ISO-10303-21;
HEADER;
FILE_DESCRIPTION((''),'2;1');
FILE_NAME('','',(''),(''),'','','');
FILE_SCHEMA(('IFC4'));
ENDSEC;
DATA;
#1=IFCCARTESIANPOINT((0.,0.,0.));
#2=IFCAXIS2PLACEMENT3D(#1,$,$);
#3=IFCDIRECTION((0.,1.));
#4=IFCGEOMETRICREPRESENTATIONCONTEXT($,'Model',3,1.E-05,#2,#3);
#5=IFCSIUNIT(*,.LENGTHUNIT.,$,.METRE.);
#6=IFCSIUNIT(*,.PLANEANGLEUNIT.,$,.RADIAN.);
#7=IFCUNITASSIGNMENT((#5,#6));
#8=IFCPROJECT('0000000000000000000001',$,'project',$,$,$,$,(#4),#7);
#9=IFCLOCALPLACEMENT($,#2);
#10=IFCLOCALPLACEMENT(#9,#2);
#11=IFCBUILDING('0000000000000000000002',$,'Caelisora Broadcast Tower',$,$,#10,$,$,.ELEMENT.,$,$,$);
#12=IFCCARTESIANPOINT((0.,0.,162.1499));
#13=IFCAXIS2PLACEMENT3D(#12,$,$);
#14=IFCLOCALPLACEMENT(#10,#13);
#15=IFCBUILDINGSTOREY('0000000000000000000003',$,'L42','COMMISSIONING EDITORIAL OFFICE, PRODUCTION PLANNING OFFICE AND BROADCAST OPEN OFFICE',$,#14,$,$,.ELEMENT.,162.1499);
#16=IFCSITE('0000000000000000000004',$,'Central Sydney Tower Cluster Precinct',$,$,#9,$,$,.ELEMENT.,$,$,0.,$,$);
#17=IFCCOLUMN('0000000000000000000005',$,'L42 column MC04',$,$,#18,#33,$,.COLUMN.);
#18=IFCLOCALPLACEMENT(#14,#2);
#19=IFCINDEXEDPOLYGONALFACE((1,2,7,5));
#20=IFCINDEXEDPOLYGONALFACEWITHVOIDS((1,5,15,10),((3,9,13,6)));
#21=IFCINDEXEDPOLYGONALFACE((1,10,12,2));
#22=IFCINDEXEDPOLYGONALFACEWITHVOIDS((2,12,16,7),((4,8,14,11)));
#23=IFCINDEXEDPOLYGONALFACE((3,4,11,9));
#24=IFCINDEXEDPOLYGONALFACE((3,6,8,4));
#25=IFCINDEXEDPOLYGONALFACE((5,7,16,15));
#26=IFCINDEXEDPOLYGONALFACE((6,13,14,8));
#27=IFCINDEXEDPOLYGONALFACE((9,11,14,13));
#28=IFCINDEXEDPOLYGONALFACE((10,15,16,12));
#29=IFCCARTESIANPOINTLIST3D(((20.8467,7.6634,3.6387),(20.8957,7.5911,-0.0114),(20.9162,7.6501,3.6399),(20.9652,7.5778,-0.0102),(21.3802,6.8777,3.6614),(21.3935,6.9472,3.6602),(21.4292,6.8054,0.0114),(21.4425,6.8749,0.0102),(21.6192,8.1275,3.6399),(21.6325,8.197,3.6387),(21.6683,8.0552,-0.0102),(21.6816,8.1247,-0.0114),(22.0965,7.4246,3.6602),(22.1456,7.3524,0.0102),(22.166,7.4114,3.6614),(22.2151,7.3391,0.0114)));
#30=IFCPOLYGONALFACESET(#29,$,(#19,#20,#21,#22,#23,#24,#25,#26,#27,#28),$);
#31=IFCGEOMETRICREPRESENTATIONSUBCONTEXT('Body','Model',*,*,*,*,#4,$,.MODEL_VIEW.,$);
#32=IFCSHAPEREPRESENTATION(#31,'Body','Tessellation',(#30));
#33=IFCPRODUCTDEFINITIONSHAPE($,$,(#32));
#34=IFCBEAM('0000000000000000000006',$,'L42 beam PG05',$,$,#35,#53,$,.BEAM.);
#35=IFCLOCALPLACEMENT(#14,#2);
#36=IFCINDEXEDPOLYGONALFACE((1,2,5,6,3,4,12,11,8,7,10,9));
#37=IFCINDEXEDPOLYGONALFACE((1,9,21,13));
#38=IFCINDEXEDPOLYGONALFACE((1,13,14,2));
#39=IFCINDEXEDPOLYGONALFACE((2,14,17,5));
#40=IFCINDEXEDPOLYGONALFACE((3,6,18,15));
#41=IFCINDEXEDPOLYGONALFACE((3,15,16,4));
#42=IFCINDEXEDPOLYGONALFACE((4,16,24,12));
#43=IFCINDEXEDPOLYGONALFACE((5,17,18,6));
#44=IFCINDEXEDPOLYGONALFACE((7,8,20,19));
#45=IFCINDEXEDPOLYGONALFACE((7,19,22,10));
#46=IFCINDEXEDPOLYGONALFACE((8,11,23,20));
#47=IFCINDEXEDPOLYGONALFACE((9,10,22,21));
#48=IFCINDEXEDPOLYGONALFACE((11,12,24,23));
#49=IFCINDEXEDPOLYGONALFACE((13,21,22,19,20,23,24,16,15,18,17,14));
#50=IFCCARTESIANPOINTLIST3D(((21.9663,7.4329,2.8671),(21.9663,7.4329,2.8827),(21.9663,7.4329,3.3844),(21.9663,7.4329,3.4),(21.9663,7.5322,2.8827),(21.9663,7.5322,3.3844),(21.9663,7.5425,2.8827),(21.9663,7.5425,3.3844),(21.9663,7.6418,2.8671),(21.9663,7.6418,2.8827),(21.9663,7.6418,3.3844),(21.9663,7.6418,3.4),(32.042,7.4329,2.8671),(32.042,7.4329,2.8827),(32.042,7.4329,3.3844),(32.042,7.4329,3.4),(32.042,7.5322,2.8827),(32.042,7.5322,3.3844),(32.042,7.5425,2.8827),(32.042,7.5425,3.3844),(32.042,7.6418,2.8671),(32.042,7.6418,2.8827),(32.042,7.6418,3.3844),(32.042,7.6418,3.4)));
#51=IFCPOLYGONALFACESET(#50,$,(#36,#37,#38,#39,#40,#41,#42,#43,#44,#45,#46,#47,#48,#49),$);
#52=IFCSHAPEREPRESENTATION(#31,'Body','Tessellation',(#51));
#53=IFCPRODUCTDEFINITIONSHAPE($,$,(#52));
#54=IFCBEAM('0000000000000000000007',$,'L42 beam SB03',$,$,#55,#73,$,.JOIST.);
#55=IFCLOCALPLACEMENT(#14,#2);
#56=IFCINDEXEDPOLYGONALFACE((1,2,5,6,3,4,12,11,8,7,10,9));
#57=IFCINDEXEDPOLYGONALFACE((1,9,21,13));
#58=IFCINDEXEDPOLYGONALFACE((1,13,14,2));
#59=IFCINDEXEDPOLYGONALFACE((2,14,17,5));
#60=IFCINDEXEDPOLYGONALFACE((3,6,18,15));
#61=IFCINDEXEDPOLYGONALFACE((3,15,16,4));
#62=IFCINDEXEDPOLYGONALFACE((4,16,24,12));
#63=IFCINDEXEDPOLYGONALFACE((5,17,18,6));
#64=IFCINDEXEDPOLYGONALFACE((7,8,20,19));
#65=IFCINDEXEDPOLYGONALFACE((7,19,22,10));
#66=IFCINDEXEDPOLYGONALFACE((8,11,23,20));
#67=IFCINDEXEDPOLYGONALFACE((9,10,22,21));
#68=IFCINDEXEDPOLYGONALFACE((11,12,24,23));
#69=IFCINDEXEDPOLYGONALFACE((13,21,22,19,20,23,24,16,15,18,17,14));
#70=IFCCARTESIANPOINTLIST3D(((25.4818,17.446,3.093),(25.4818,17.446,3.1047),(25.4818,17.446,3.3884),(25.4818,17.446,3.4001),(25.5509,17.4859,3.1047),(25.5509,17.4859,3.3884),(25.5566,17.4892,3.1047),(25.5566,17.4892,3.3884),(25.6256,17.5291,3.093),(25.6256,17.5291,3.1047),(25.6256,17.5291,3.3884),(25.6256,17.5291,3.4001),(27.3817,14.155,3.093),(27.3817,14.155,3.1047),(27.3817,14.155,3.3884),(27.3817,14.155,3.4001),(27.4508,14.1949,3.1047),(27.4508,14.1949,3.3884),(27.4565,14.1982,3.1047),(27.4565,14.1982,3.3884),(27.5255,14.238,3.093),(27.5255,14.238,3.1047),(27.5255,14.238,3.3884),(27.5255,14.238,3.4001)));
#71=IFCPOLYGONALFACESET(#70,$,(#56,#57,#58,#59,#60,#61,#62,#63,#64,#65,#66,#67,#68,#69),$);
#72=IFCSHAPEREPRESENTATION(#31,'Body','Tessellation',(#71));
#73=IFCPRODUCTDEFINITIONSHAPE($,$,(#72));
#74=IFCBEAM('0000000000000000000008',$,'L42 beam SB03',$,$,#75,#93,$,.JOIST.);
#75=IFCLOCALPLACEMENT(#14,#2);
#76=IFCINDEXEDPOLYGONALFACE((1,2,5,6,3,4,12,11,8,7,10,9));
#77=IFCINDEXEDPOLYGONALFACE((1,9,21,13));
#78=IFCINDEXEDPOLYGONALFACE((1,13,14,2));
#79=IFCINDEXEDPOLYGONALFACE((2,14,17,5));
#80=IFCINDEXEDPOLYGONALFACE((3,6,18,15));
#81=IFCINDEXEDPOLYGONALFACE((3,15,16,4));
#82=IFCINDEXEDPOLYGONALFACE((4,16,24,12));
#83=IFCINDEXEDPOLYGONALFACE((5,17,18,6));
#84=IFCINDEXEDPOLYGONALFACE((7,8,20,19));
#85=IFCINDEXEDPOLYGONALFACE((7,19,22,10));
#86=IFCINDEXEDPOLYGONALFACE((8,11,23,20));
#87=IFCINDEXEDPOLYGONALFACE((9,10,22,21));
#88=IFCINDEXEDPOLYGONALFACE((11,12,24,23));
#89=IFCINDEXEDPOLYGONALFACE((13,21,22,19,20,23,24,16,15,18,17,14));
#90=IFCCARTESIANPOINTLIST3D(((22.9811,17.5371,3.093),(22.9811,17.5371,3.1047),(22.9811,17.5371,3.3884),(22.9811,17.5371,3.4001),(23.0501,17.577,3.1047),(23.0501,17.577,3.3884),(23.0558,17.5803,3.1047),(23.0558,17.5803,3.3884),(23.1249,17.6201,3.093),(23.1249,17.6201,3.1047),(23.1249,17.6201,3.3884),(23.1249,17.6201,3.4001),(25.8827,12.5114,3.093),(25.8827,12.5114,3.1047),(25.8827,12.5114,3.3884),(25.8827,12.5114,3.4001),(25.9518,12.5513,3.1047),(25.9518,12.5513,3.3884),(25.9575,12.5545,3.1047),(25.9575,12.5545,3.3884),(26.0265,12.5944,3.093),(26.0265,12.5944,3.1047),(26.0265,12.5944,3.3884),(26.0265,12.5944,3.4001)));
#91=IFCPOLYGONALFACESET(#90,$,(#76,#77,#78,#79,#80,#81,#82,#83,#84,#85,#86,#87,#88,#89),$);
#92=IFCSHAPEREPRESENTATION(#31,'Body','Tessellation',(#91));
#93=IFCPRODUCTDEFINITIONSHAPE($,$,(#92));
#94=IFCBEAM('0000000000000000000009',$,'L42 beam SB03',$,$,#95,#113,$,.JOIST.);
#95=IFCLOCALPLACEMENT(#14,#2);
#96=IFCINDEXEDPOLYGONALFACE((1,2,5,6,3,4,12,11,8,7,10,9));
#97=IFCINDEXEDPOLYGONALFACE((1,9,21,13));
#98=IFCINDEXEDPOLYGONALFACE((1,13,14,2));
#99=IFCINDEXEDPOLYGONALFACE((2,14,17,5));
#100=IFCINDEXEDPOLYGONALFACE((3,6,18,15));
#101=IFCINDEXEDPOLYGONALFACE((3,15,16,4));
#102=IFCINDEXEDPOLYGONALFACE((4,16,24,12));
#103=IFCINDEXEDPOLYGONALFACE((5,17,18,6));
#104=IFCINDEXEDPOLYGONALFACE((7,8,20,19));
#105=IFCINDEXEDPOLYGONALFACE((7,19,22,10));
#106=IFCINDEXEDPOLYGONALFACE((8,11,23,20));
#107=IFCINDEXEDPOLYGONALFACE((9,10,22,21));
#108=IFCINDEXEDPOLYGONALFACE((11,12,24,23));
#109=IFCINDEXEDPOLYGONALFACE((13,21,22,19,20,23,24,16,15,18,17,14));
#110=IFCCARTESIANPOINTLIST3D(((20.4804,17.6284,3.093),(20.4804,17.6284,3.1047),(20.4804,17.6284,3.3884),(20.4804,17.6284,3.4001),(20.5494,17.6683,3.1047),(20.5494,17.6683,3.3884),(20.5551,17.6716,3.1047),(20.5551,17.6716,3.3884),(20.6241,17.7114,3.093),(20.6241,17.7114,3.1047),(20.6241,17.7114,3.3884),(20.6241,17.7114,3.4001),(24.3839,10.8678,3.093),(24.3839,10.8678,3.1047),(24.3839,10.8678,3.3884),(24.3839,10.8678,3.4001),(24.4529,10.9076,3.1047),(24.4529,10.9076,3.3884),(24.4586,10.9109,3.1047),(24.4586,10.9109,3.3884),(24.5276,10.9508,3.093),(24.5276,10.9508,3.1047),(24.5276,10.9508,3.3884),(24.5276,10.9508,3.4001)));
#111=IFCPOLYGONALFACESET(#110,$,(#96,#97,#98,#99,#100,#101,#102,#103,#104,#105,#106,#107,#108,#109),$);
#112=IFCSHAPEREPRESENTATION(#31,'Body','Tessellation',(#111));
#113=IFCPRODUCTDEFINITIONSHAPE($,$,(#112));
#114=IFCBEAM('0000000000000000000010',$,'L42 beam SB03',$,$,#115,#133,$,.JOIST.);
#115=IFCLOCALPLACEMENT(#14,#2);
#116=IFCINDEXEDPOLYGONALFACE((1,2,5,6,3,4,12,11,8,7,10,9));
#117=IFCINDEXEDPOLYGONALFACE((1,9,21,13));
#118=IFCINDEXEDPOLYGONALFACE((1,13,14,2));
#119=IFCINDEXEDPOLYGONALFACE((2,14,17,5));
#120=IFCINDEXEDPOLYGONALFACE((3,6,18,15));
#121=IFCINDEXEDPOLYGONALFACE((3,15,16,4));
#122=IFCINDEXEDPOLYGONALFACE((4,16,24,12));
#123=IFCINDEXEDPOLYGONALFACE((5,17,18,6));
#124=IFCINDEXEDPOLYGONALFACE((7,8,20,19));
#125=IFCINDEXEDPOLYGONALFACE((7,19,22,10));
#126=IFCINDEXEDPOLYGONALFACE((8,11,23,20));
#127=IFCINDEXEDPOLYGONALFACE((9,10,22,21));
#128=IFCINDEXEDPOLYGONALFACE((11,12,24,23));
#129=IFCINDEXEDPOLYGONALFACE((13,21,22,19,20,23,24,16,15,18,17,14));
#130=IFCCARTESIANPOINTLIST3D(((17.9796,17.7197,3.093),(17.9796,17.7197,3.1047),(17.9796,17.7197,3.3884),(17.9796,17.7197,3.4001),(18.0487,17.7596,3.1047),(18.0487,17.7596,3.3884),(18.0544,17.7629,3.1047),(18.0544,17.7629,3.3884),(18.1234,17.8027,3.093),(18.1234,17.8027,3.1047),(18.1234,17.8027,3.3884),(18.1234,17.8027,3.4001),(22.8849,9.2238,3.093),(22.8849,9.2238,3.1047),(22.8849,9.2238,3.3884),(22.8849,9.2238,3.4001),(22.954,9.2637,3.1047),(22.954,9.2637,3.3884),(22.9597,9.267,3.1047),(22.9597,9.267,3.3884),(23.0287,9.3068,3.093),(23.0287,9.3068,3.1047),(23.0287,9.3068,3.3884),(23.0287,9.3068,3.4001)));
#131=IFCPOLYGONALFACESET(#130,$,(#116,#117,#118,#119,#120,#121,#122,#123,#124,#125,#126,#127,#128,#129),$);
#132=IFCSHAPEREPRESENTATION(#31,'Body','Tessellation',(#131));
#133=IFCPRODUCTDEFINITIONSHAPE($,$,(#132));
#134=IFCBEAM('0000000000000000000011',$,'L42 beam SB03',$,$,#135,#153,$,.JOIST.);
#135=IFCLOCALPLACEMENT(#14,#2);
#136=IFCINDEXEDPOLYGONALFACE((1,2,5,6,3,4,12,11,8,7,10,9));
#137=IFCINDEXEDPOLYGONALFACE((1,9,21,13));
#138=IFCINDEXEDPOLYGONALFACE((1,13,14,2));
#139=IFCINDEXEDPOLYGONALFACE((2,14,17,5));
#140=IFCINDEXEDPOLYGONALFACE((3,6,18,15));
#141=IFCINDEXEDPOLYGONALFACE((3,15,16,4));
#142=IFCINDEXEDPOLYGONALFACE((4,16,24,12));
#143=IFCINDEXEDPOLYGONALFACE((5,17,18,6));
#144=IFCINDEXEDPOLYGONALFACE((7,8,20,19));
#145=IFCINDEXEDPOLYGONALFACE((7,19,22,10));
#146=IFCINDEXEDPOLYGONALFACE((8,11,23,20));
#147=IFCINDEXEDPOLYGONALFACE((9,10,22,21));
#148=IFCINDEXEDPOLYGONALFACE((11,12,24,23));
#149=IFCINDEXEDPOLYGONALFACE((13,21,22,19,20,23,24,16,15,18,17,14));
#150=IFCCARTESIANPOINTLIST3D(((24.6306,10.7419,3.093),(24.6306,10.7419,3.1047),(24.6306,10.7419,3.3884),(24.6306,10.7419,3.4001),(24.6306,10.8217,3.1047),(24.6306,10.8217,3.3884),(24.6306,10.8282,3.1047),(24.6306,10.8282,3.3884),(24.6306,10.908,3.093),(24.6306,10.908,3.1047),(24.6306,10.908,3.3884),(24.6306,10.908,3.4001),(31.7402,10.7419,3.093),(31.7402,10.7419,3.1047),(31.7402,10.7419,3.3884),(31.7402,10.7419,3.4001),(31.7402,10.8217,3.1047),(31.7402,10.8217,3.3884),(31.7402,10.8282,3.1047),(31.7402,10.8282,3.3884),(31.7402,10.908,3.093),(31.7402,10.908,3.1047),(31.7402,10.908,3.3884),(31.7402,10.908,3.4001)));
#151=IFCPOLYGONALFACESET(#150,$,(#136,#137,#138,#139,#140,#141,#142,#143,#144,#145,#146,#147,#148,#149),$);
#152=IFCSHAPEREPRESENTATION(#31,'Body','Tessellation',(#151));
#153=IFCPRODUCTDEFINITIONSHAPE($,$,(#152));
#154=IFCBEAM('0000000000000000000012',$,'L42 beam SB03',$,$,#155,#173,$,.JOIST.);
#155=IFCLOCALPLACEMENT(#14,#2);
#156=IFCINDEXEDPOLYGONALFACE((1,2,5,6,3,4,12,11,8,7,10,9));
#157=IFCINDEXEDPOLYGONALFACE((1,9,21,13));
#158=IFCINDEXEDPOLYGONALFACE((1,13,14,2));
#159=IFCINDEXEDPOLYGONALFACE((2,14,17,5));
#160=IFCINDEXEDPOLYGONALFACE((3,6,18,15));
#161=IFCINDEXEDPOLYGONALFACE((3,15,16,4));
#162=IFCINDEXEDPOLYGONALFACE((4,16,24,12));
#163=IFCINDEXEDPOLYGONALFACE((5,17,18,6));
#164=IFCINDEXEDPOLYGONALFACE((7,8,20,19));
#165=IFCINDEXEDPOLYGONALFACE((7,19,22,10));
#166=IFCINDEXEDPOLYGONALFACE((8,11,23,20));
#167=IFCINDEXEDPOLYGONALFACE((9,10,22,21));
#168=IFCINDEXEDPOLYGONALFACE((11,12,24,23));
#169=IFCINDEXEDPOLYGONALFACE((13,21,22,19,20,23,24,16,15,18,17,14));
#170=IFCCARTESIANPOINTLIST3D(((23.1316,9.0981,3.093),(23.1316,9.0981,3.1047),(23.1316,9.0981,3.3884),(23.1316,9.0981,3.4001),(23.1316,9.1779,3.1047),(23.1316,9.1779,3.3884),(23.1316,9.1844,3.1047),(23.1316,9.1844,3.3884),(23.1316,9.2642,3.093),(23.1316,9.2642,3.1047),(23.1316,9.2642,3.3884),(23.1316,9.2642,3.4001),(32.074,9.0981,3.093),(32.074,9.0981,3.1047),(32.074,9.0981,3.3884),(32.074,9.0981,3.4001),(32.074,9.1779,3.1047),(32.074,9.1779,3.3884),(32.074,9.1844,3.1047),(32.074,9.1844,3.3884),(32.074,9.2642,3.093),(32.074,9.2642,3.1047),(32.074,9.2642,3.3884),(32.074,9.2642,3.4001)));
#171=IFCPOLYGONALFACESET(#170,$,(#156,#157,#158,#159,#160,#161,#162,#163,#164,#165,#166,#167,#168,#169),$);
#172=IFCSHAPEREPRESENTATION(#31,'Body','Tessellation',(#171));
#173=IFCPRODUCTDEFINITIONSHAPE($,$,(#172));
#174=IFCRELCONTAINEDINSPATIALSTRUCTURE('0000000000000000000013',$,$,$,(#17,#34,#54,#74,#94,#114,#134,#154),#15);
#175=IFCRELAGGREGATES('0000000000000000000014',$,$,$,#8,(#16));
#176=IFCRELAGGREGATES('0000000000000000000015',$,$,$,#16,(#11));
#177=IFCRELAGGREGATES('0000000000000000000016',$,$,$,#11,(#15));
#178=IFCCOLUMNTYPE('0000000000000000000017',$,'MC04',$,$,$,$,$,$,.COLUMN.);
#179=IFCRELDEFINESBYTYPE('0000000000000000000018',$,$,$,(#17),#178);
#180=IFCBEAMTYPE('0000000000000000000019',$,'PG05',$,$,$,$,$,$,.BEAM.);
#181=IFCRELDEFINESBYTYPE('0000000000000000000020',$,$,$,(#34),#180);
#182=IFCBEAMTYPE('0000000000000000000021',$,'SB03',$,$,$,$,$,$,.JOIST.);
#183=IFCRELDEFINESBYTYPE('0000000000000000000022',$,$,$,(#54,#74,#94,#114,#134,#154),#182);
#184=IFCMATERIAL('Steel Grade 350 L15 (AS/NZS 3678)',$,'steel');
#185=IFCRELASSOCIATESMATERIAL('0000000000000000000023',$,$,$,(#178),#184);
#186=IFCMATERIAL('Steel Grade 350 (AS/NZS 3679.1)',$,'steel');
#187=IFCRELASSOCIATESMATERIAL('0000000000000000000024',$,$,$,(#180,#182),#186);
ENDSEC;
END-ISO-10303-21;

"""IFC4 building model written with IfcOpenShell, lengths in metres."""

from ifc_helpers import new_model, si_unit, direction, frame, origin, origin_2d, place, context, subcontext, project, spatial, hollow_rectangle, i_section, extrude, source, transform, mapped, material, material_profile, profile_set, type_object, type_shapes, element, save


model = new_model("IFC4")

# Units and contexts
model_context = context("Model", 3, precision=1e-05, world=origin(), true_north=direction((0.0, 1.0)))
body_context = subcontext(model_context, "Body", "Model", "MODEL_VIEW")
ifc_project = project(units=[si_unit("LENGTHUNIT", "METRE"), si_unit("PLANEANGLEUNIT", "RADIAN")], contexts=[model_context])

# Site, building, storey
site_placement = place(None, origin())
site = spatial("IfcSite", under=ifc_project, at=site_placement, Name="Central Sydney Tower Cluster Precinct", CompositionType="ELEMENT", RefElevation=0.0)
building_placement = place(site_placement, origin())
building = spatial("IfcBuilding", under=site, at=building_placement, Name="Caelisora Broadcast Tower", CompositionType="ELEMENT")
storey_placement = place(building_placement, frame((0.0, 0.0, 162.1499)))
storey = spatial("IfcBuildingStorey", under=building, at=storey_placement, Name="L42", Description="COMMISSIONING EDITORIAL OFFICE, PRODUCTION PLANNING OFFICE AND BROADCAST OPEN OFFICE", CompositionType="ELEMENT", Elevation=162.1499)

# Column
ifc_material_1 = material(Name="Steel Grade 350 L15 (AS/NZS 3678)", Category="steel")
ifc_material_profile_1 = material_profile(ifc_material_1, hollow_rectangle(XDim=0.95, YDim=0.95, WallThickness=0.05, at=origin_2d()), Name="Steel Grade 350 L15 (AS/NZS 3678)")
ifc_profile_set_1 = profile_set([ifc_material_profile_1], Name="Steel Grade 350 L15 (AS/NZS 3678)")
column_type = type_object("IfcColumnType", Name="MC04", PredefinedType="COLUMN", material=ifc_profile_set_1)
shared_shape_1 = source(origin(), body_context, "Body", "SweptSolid", [
    extrude(hollow_rectangle(XDim=0.95, YDim=0.95, WallThickness=0.05, at=origin_2d()), origin(), (0.0, 0.0, 1.0), 3.6511),
])
type_shapes(column_type, [shared_shape_1])
column_placement = place(storey_placement, frame((21.5554, 7.4651, 0.0), z_axis=(-0.01344, 0.019792, 0.999714), x_axis=(-0.82729, -0.561775, 0.0)))
element("IfcColumn", 1, at=column_placement, inside=storey, type_object=column_type, Name="L42 column MC04", PredefinedType="COLUMN", context=body_context, shape_type="MappedRepresentation", body=[
    mapped(shared_shape_1, transform((0.0, 0.0, 0.0), scale=1.0)),
])

# Beams
ifc_material_2 = material(Name="Steel Grade 350 (AS/NZS 3679.1)", Category="steel")
ifc_material_profile_2 = material_profile(ifc_material_2, i_section(OverallWidth=0.209, OverallDepth=0.533, WebThickness=0.0103, FlangeThickness=0.0156, at=origin_2d()), Name="Steel Grade 350 (AS/NZS 3679.1)")
ifc_profile_set_2 = profile_set([ifc_material_profile_2], Name="Steel Grade 350 (AS/NZS 3679.1)")
beam_type_1 = type_object("IfcBeamType", Name="PG05", PredefinedType="BEAM", material=ifc_profile_set_2)
shared_shape_2 = source(origin(), body_context, "Body", "SweptSolid", [
    extrude(i_section(OverallWidth=0.209, OverallDepth=0.533, WebThickness=0.0103, FlangeThickness=0.0156, at=origin_2d()), origin(), (0.0, 0.0, 1.0), 10.0757),
])
type_shapes(beam_type_1, [shared_shape_2])
beam_1_placement = place(storey_placement, frame((21.9663, 7.5374, 3.1335), z_axis=(1.0, 0.0, 0.0), x_axis=(0.0, 1.0, 0.0)))
element("IfcBeam", 2, at=beam_1_placement, inside=storey, type_object=beam_type_1, Name="L42 beam PG05", PredefinedType="BEAM", context=body_context, shape_type="MappedRepresentation", body=[
    mapped(shared_shape_2, transform((0.0, 0.0, 0.0), scale=1.0)),
])
ifc_material_profile_3 = material_profile(ifc_material_2, i_section(OverallWidth=0.166, OverallDepth=0.3071, WebThickness=0.0066, FlangeThickness=0.0117, at=origin_2d()), Name="Steel Grade 350 (AS/NZS 3679.1)")
ifc_profile_set_3 = profile_set([ifc_material_profile_3], Name="Steel Grade 350 (AS/NZS 3679.1)")
beam_type_2 = type_object("IfcBeamType", Name="SB03", PredefinedType="JOIST", material=ifc_profile_set_3)
shared_shape_3 = source(origin(), body_context, "Body", "SweptSolid", [
    extrude(i_section(OverallWidth=0.166, OverallDepth=0.3071, WebThickness=0.0066, FlangeThickness=0.0117, at=origin_2d()), origin(), (0.0, 0.0, 1.0), 3.8),
])
beam_2_placement = place(storey_placement, frame((25.5537, 17.4875, 3.2466), z_axis=(0.499967, -0.866044, 0.0), x_axis=(0.866044, 0.499967, 0.0)))
element("IfcBeam", 3, at=beam_2_placement, inside=storey, type_object=beam_type_2, Name="L42 beam SB03", PredefinedType="JOIST", context=body_context, shape_type="MappedRepresentation", body=[
    mapped(shared_shape_3, transform((0.0, 0.0, 0.0), scale=1.0)),
])
shared_shape_4 = source(origin(), body_context, "Body", "SweptSolid", [
    extrude(i_section(OverallWidth=0.166, OverallDepth=0.3071, WebThickness=0.0066, FlangeThickness=0.0117, at=origin_2d()), origin(), (0.0, 0.0, 1.0), 5.8032),
])
beam_3_placement = place(storey_placement, frame((23.053, 17.5786, 3.2466), z_axis=(0.500008, -0.866021, 0.0), x_axis=(0.866021, 0.500008, 0.0)))
element("IfcBeam", 4, at=beam_3_placement, inside=storey, type_object=beam_type_2, Name="L42 beam SB03", PredefinedType="JOIST", context=body_context, shape_type="MappedRepresentation", body=[
    mapped(shared_shape_4, transform((0.0, 0.0, 0.0), scale=1.0)),
])
shared_shape_5 = source(origin(), body_context, "Body", "SweptSolid", [
    extrude(i_section(OverallWidth=0.166, OverallDepth=0.3071, WebThickness=0.0066, FlangeThickness=0.0117, at=origin_2d()), origin(), (0.0, 0.0, 1.0), 7.8066),
])
beam_4_placement = place(storey_placement, frame((20.5522, 17.6699, 3.2466), z_axis=(0.500024, -0.866012, 0.0), x_axis=(0.866012, 0.500024, 0.0)))
element("IfcBeam", 5, at=beam_4_placement, inside=storey, type_object=beam_type_2, Name="L42 beam SB03", PredefinedType="JOIST", context=body_context, shape_type="MappedRepresentation", body=[
    mapped(shared_shape_5, transform((0.0, 0.0, 0.0), scale=1.0)),
])
shared_shape_6 = source(origin(), body_context, "Body", "SweptSolid", [
    extrude(i_section(OverallWidth=0.166, OverallDepth=0.3071, WebThickness=0.0066, FlangeThickness=0.0117, at=origin_2d()), origin(), (0.0, 0.0, 1.0), 9.8103),
])
beam_5_placement = place(storey_placement, frame((18.0515, 17.7612, 3.2466), z_axis=(0.500015, -0.866017, 0.0), x_axis=(0.866017, 0.500015, 0.0)))
element("IfcBeam", 6, at=beam_5_placement, inside=storey, type_object=beam_type_2, Name="L42 beam SB03", PredefinedType="JOIST", context=body_context, shape_type="MappedRepresentation", body=[
    mapped(shared_shape_6, transform((0.0, 0.0, 0.0), scale=1.0)),
])
shared_shape_7 = source(origin(), body_context, "Body", "SweptSolid", [
    extrude(i_section(OverallWidth=0.166, OverallDepth=0.3071, WebThickness=0.0066, FlangeThickness=0.0117, at=origin_2d()), origin(), (0.0, 0.0, 1.0), 7.1096),
])
beam_6_placement = place(storey_placement, frame((24.6306, 10.825, 3.2466), z_axis=(1.0, 0.0, 0.0), x_axis=(0.0, 1.0, 0.0)))
element("IfcBeam", 7, at=beam_6_placement, inside=storey, type_object=beam_type_2, Name="L42 beam SB03", PredefinedType="JOIST", context=body_context, shape_type="MappedRepresentation", body=[
    mapped(shared_shape_7, transform((0.0, 0.0, 0.0), scale=1.0)),
])
shared_shape_8 = source(origin(), body_context, "Body", "SweptSolid", [
    extrude(i_section(OverallWidth=0.166, OverallDepth=0.3071, WebThickness=0.0066, FlangeThickness=0.0117, at=origin_2d()), origin(), (0.0, 0.0, 1.0), 8.9424),
])
type_shapes(beam_type_2, [shared_shape_3, shared_shape_4, shared_shape_5, shared_shape_6, shared_shape_7, shared_shape_8])
beam_7_placement = place(storey_placement, frame((23.1316, 9.1812, 3.2466), z_axis=(1.0, 0.0, 0.0), x_axis=(0.0, 1.0, 0.0)))
element("IfcBeam", 8, at=beam_7_placement, inside=storey, type_object=beam_type_2, Name="L42 beam SB03", PredefinedType="JOIST", context=body_context, shape_type="MappedRepresentation", body=[
    mapped(shared_shape_8, transform((0.0, 0.0, 0.0), scale=1.0)),
])

save(model, "model.ifc")
